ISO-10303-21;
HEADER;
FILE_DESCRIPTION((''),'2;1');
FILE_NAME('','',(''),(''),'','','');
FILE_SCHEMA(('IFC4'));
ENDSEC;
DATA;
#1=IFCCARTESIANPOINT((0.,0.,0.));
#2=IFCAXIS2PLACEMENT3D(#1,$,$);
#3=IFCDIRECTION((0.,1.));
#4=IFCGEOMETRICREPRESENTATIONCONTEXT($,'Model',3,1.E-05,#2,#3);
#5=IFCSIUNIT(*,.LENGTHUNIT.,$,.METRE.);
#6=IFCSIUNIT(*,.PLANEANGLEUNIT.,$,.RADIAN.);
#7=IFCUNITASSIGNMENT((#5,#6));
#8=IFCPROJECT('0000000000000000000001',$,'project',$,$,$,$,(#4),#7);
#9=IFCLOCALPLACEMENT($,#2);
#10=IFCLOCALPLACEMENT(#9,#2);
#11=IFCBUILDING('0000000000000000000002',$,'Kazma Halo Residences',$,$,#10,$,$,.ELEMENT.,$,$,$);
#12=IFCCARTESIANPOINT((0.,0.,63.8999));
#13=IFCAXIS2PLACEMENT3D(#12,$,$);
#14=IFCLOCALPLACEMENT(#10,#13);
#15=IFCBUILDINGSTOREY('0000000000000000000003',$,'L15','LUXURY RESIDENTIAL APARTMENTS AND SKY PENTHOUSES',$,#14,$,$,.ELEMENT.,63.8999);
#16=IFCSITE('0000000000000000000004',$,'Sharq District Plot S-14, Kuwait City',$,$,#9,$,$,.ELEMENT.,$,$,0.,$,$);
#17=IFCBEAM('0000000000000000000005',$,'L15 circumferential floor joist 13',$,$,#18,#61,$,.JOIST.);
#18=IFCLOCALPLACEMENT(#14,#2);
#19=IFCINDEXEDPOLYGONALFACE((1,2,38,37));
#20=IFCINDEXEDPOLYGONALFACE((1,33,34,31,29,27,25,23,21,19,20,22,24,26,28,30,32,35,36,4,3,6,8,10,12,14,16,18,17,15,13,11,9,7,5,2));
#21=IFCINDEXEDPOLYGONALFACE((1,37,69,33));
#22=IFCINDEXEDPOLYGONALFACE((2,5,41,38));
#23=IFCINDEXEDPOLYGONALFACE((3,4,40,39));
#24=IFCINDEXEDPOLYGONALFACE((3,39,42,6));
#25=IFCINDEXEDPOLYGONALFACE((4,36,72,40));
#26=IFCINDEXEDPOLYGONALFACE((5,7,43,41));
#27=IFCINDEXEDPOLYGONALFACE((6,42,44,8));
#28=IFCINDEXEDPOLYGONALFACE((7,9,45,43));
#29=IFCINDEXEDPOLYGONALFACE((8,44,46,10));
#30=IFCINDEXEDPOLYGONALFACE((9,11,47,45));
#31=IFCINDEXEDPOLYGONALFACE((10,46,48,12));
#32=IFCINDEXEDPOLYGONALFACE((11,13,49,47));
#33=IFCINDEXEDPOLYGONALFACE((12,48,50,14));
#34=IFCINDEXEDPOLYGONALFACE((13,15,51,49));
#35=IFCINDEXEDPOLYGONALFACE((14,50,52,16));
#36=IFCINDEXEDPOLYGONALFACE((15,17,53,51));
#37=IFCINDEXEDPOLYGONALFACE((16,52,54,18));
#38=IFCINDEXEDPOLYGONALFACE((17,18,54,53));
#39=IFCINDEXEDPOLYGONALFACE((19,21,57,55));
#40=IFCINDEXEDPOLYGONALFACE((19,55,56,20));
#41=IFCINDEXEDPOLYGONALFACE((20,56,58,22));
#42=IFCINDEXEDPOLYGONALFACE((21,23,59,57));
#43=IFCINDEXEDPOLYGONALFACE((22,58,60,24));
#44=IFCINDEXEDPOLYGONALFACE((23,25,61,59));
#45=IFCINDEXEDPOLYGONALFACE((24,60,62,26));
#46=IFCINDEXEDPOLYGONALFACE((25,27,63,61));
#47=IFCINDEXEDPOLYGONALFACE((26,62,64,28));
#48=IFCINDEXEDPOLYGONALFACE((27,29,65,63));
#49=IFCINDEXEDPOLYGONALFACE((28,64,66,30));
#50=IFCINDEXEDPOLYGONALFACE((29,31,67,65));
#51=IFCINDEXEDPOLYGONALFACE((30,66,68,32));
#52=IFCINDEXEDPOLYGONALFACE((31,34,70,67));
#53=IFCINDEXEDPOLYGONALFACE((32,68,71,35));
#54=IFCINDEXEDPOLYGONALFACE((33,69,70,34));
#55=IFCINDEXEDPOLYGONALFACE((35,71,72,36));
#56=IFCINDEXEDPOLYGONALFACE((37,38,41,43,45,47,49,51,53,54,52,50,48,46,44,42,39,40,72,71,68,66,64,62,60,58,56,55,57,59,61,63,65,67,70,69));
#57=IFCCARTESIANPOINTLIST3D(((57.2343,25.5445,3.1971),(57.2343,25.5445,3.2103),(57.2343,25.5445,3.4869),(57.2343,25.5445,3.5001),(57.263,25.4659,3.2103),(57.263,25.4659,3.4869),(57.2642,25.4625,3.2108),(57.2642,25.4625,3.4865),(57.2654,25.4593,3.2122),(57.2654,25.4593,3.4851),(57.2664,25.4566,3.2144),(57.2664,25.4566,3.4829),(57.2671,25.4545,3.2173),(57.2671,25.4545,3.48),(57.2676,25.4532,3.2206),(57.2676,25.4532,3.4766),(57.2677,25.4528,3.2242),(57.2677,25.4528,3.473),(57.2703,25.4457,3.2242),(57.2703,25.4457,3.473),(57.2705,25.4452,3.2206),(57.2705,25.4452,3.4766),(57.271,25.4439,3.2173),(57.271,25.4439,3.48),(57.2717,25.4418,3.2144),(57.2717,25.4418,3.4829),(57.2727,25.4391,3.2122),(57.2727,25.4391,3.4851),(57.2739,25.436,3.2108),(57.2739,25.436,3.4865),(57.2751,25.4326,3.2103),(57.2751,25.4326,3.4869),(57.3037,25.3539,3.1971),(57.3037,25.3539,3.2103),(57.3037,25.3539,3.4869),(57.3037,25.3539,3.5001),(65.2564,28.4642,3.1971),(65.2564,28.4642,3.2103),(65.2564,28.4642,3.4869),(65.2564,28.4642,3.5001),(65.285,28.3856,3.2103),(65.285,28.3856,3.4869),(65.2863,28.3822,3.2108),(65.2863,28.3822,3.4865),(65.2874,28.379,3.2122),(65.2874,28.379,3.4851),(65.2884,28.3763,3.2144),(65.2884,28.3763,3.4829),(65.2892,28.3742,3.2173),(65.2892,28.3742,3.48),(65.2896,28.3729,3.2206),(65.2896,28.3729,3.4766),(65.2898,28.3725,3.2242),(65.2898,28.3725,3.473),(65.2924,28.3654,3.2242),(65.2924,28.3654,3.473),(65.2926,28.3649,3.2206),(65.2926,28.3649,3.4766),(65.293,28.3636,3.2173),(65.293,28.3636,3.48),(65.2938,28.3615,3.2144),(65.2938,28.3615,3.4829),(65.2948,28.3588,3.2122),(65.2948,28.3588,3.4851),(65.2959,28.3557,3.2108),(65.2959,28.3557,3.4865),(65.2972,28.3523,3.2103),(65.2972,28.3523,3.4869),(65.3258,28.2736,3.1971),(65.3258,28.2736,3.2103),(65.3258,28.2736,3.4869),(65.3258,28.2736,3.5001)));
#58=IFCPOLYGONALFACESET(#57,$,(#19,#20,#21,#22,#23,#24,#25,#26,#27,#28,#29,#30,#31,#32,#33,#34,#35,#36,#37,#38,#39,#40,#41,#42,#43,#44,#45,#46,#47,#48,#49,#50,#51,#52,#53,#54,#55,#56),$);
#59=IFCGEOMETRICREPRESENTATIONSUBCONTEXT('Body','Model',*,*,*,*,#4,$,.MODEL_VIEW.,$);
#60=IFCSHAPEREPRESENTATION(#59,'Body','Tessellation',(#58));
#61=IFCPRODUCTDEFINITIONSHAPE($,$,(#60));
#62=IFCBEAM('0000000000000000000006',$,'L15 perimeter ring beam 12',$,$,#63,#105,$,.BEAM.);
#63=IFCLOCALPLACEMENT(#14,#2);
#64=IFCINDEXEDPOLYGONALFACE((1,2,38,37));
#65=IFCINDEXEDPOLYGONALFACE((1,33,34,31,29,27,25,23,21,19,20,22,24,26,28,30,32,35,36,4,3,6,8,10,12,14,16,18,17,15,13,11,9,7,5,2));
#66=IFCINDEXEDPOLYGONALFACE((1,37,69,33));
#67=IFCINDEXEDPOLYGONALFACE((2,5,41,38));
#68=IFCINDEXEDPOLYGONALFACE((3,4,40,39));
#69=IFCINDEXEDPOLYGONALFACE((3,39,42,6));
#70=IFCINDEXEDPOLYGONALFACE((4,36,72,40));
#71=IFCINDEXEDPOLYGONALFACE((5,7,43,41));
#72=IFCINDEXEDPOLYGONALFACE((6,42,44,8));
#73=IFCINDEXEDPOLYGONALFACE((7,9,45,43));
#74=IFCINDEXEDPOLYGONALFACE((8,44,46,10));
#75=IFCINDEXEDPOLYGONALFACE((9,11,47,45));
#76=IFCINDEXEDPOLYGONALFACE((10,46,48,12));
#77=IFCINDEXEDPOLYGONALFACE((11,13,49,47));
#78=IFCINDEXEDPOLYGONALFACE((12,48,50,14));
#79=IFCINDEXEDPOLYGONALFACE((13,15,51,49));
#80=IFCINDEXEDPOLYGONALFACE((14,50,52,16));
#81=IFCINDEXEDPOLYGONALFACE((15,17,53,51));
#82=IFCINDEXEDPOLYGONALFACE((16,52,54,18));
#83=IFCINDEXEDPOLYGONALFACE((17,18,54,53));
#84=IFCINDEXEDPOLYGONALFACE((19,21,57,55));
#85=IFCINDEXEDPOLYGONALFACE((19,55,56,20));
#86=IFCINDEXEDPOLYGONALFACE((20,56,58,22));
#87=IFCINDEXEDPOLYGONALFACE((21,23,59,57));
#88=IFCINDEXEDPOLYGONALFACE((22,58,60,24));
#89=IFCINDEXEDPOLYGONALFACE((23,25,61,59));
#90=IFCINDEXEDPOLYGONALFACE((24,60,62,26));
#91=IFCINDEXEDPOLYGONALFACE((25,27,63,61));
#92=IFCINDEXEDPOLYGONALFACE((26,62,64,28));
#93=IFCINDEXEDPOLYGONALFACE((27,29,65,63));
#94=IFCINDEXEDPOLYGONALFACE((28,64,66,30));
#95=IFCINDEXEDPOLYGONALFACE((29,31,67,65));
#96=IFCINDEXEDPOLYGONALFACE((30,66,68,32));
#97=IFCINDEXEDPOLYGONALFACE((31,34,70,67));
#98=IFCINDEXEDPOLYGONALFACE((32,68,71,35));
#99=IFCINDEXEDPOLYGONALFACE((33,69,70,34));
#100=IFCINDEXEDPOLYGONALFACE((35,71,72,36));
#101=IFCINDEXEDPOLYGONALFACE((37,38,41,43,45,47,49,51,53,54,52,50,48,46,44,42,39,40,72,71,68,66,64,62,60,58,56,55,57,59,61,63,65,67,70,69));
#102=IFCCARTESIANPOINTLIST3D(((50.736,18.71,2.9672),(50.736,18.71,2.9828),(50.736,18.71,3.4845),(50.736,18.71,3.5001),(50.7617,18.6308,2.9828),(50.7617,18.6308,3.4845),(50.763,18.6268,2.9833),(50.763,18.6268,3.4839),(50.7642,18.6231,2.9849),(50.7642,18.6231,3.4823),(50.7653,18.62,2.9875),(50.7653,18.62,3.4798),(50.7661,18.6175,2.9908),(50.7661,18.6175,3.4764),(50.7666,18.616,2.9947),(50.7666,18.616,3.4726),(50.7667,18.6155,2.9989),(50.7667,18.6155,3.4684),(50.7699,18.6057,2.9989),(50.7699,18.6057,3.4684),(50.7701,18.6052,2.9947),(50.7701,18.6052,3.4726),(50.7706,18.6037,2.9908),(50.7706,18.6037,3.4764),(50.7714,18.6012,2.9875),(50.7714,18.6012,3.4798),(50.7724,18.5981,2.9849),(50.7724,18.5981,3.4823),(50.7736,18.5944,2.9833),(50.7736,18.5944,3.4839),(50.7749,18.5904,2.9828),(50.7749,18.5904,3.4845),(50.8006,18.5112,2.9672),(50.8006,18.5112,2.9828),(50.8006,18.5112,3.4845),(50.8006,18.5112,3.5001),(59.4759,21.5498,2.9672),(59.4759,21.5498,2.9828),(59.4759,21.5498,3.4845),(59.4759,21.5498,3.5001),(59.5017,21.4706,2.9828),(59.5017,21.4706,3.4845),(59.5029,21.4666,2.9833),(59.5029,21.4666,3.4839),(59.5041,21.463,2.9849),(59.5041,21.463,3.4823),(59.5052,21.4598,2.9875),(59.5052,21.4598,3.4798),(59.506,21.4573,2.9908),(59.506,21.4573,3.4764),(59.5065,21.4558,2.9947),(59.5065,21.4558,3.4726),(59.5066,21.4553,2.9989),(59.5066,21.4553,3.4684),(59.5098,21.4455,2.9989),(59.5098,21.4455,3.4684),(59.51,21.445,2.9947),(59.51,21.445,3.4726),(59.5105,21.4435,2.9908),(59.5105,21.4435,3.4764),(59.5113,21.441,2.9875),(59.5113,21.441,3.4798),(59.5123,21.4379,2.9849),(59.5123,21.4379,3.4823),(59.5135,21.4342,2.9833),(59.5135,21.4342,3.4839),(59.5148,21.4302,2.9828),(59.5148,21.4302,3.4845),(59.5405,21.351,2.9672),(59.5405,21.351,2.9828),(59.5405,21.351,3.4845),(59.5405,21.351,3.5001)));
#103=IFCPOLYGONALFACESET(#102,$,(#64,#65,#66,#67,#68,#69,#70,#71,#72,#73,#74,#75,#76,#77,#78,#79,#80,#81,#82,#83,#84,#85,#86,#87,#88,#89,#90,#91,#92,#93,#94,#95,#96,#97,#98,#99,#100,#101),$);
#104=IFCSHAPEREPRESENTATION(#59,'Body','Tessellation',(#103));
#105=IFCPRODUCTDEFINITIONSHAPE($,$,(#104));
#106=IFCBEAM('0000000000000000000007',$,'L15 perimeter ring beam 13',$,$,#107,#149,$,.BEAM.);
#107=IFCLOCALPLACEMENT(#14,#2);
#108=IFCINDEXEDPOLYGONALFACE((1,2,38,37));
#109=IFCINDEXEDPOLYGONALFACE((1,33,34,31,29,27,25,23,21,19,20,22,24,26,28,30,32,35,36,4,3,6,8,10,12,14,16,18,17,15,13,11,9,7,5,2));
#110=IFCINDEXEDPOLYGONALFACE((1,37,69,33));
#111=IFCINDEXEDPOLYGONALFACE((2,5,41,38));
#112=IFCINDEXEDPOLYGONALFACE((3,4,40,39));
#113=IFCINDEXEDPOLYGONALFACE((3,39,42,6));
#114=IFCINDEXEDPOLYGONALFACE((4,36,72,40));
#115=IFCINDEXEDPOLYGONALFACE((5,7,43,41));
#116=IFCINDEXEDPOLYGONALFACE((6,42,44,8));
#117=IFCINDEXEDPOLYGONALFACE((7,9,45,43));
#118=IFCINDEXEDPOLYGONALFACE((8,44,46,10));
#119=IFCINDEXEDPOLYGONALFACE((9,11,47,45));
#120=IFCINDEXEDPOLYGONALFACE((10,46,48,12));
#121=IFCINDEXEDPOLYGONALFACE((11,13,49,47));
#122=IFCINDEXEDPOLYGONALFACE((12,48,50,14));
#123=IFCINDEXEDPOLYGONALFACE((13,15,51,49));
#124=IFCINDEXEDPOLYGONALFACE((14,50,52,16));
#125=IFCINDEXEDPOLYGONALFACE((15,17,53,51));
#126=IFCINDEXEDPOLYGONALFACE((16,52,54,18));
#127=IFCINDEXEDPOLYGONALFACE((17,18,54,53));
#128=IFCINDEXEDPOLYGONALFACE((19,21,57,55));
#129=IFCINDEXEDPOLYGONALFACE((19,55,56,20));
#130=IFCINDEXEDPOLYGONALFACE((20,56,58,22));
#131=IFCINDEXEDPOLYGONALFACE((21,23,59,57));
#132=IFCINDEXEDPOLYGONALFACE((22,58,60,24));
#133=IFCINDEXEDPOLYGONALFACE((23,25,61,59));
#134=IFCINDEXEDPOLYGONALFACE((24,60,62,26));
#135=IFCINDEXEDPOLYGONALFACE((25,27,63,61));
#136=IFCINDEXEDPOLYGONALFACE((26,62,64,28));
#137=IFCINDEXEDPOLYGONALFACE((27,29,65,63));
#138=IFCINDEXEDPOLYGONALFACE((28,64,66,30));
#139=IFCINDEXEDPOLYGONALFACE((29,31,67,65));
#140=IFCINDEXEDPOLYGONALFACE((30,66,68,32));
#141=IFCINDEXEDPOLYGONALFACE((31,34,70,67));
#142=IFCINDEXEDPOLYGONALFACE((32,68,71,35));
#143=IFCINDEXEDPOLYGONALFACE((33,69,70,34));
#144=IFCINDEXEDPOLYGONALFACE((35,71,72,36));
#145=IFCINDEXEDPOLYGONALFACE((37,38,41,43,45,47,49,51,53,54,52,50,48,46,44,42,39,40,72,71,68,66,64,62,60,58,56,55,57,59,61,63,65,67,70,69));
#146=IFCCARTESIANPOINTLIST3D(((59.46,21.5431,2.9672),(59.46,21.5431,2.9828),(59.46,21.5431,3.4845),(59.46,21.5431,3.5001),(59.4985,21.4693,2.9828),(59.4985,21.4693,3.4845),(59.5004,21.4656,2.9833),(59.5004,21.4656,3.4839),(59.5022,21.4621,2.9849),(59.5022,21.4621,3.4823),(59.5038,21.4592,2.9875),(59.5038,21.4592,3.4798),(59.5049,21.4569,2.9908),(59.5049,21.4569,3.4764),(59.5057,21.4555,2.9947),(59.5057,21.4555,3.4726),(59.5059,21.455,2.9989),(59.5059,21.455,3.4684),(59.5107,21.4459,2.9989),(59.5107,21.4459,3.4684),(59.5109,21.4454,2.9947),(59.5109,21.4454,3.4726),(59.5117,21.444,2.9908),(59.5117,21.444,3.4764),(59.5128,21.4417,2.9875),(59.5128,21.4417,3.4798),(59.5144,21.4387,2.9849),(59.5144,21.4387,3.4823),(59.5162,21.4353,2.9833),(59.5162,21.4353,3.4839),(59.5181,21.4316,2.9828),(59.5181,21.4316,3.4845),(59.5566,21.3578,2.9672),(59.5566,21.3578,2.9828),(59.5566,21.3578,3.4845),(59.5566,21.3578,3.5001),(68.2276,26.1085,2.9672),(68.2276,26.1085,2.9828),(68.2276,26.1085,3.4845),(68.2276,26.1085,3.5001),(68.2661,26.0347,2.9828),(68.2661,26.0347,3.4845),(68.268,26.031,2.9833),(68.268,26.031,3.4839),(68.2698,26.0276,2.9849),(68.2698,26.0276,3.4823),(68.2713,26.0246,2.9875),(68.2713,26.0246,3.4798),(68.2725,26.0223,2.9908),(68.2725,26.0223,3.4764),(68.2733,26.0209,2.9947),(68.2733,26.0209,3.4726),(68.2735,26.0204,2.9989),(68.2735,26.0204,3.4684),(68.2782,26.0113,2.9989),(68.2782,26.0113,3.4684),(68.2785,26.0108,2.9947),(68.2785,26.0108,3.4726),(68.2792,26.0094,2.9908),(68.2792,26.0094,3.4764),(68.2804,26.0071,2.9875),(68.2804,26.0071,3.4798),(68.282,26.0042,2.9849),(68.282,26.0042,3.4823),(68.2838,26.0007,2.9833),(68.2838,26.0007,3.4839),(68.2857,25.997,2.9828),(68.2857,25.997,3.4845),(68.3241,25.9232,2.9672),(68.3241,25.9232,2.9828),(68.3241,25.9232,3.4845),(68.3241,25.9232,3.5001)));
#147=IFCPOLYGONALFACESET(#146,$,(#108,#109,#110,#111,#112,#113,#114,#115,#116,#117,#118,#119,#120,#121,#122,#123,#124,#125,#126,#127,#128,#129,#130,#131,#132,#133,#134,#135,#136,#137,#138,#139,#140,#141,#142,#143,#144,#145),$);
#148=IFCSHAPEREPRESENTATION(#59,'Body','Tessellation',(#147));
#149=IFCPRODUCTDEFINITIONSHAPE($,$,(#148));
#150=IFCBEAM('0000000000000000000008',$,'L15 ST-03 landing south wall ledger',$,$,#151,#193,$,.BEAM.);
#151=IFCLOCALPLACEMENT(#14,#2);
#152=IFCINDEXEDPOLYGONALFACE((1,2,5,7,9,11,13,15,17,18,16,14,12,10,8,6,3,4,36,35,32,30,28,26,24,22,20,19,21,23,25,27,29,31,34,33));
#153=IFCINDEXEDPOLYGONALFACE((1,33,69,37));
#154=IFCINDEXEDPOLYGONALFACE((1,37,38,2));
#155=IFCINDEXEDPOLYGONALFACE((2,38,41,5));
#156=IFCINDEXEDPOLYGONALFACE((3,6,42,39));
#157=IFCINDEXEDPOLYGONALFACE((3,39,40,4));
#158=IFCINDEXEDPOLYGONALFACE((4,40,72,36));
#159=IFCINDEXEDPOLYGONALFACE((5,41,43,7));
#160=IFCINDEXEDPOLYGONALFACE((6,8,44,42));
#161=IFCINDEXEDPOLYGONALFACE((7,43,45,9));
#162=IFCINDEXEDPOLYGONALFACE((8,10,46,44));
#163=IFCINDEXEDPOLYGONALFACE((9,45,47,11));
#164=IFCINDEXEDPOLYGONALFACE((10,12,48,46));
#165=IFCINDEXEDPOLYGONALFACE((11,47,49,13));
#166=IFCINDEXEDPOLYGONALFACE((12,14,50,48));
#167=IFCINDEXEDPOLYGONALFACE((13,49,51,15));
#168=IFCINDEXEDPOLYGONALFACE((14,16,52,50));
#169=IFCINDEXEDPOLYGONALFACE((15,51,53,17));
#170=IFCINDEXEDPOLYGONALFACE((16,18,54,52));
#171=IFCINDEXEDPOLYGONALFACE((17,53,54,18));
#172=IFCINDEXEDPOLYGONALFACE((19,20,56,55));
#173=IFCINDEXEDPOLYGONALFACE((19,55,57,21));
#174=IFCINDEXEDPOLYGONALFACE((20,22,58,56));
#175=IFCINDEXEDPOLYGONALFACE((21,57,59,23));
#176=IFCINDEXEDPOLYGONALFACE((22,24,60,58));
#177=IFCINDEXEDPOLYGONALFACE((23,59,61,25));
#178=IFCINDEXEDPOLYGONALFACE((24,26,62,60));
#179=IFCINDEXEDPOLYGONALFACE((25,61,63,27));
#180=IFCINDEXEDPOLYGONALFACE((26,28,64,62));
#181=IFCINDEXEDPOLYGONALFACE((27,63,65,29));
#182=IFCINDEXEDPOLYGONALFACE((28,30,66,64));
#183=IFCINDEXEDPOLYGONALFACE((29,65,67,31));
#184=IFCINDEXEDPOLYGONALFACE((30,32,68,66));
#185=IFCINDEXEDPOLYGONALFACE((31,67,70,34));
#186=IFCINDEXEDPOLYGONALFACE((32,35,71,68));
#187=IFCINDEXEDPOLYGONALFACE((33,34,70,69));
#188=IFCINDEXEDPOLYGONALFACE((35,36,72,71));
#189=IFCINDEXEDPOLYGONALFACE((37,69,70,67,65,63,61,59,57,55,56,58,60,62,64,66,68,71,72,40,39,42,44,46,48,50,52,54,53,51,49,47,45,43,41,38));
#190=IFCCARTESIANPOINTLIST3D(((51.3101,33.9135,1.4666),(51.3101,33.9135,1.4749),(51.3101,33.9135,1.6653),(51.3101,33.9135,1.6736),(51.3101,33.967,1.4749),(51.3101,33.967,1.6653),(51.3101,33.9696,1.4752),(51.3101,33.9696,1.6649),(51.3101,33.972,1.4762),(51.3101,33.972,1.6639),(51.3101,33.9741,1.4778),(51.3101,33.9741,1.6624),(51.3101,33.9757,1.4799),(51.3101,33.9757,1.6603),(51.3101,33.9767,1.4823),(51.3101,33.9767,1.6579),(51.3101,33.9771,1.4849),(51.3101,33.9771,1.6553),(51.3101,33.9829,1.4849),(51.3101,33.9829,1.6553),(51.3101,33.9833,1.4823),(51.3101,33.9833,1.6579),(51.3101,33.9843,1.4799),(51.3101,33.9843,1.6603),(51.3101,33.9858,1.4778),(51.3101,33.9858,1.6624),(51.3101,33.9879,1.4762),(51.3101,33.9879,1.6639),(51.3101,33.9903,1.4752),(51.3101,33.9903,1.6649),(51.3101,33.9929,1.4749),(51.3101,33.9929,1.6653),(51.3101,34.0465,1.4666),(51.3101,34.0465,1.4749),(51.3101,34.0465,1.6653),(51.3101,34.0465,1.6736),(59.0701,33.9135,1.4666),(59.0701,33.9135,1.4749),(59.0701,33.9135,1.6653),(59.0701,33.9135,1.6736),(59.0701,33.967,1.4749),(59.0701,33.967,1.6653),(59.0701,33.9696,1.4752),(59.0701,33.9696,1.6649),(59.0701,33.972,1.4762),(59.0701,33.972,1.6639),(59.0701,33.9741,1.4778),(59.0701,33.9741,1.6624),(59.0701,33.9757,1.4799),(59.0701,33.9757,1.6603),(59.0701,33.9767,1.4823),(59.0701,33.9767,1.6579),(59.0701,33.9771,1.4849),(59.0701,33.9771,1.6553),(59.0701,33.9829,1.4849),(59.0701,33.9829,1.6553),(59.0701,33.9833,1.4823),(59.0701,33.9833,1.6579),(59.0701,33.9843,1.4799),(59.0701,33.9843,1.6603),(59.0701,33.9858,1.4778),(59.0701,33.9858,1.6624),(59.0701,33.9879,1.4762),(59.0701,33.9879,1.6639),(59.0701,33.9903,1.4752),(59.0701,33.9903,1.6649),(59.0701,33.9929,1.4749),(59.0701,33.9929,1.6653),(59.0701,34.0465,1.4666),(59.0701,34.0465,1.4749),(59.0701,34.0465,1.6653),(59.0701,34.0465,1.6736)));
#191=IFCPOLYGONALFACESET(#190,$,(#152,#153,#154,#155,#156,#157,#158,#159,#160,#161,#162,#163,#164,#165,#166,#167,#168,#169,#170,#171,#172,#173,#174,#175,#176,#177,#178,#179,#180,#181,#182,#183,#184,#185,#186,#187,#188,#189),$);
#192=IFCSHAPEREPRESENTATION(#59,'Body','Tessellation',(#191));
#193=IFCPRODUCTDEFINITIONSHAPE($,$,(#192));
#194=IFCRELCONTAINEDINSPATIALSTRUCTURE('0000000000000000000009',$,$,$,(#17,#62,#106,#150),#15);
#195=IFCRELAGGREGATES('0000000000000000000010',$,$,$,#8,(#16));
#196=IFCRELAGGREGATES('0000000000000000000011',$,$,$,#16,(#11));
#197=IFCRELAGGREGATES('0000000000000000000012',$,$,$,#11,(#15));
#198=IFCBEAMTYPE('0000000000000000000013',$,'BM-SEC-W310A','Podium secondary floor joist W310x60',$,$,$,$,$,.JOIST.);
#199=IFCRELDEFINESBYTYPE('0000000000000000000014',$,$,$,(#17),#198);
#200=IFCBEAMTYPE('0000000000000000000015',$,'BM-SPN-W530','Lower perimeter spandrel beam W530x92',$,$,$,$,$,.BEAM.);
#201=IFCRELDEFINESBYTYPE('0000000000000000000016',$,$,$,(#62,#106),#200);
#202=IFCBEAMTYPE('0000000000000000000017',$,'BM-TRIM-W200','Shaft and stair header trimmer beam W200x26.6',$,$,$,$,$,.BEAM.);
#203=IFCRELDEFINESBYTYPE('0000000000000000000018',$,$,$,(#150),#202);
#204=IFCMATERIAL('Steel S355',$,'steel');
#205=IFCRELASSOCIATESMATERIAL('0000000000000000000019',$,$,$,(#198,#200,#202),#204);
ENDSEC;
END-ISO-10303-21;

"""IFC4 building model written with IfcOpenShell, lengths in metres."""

from ifc_helpers import new_model, si_unit, direction, frame, origin, origin_2d, place, context, subcontext, project, spatial, i_section, extrude, material, material_profile, profile_set, type_object, element, save


model = new_model("IFC4")

# Units and contexts
model_context = context("Model", 3, precision=1e-05, world=origin(), true_north=direction((0.0, 1.0)))
body_context = subcontext(model_context, "Body", "Model", "MODEL_VIEW")
ifc_project = project(units=[si_unit("LENGTHUNIT", "METRE"), si_unit("PLANEANGLEUNIT", "RADIAN")], contexts=[model_context])

# Site, building, storey
site_placement = place(None, origin())
site = spatial("IfcSite", under=ifc_project, at=site_placement, Name="Sharq District Plot S-14, Kuwait City", CompositionType="ELEMENT", RefElevation=0.0)
building_placement = place(site_placement, origin())
building = spatial("IfcBuilding", under=site, at=building_placement, Name="Kazma Halo Residences", CompositionType="ELEMENT")
storey_placement = place(building_placement, frame((0.0, 0.0, 63.8999)))
storey = spatial("IfcBuildingStorey", under=building, at=storey_placement, Name="L15", Description="LUXURY RESIDENTIAL APARTMENTS AND SKY PENTHOUSES", CompositionType="ELEMENT", Elevation=63.8999)

# Beams
ifc_material_1 = material(Name="Steel S355", Category="steel")
ifc_material_profile_1 = material_profile(ifc_material_1, i_section(OverallWidth=0.2029, OverallDepth=0.303, WebThickness=0.0076, FlangeThickness=0.0132, FilletRadius=0.0139, at=origin_2d()), Name="W310x60")
ifc_profile_set_1 = profile_set([ifc_material_profile_1], Name="Steel S355")
beam_type_1 = type_object("IfcBeamType", Name="BM-SEC-W310A", Description="Podium secondary floor joist W310x60", PredefinedType="JOIST", material=ifc_profile_set_1)
beam_1_placement = place(storey_placement, frame((57.269, 25.4492, 3.3486), z_axis=(0.939696, 0.342012, 0.0), x_axis=(-0.342012, 0.939696, 0.0)))
element("IfcBeam", 1, at=beam_1_placement, inside=storey, type_object=beam_type_1, Name="L15 circumferential floor joist 13", PredefinedType="JOIST", context=body_context, shape_type="SweptSolid", body=[
    extrude(i_section(OverallWidth=0.2029, OverallDepth=0.303, WebThickness=0.0076, FlangeThickness=0.0132, FilletRadius=0.0139, at=origin_2d()), origin(), (0.0, 0.0, 1.0), 8.5369),
])
ifc_material_profile_2 = material_profile(ifc_material_1, i_section(OverallWidth=0.209, OverallDepth=0.533, WebThickness=0.0103, FlangeThickness=0.0156, FilletRadius=0.0161, at=origin_2d()), Name="W530x92")
ifc_profile_set_2 = profile_set([ifc_material_profile_2], Name="Steel S355")
beam_type_2 = type_object("IfcBeamType", Name="BM-SPN-W530", Description="Lower perimeter spandrel beam W530x92", PredefinedType="BEAM", material=ifc_profile_set_2)
beam_2_placement = place(storey_placement, frame((50.7683, 18.6106, 3.2336), z_axis=(0.951055, 0.309022, 0.0), x_axis=(-0.309022, 0.951055, 0.0)))
element("IfcBeam", 2, at=beam_2_placement, inside=storey, type_object=beam_type_2, Name="L15 perimeter ring beam 12", PredefinedType="BEAM", context=body_context, shape_type="SweptSolid", body=[
    extrude(i_section(OverallWidth=0.209, OverallDepth=0.533, WebThickness=0.0103, FlangeThickness=0.0156, FilletRadius=0.0161, at=origin_2d()), origin(), (0.0, 0.0, 1.0), 9.1897),
])
beam_3_placement = place(storey_placement, frame((59.5083, 21.4504, 3.2336), z_axis=(0.886956, 0.461853, 0.0), x_axis=(-0.461853, 0.886956, 0.0)))
element("IfcBeam", 3, at=beam_3_placement, inside=storey, type_object=beam_type_2, Name="L15 perimeter ring beam 13", PredefinedType="BEAM", context=body_context, shape_type="SweptSolid", body=[
    extrude(i_section(OverallWidth=0.209, OverallDepth=0.533, WebThickness=0.0103, FlangeThickness=0.0156, FilletRadius=0.0161, at=origin_2d()), origin(), (0.0, 0.0, 1.0), 9.885),
])
ifc_material_profile_3 = material_profile(ifc_material_1, i_section(OverallWidth=0.1331, OverallDepth=0.207, WebThickness=0.0059, FlangeThickness=0.0083, FilletRadius=0.01, at=origin_2d()), Name="W200x26.6")
ifc_profile_set_3 = profile_set([ifc_material_profile_3], Name="Steel S355")
beam_type_3 = type_object("IfcBeamType", Name="BM-TRIM-W200", Description="Shaft and stair header trimmer beam W200x26.6", PredefinedType="BEAM", material=ifc_profile_set_3)
beam_4_placement = place(storey_placement, frame((51.3101, 33.98, 1.5701), z_axis=(1.0, 0.0, 0.0), x_axis=(0.0, 1.0, 0.0)))
element("IfcBeam", 4, at=beam_4_placement, inside=storey, type_object=beam_type_3, Name="L15 ST-03 landing south wall ledger", PredefinedType="BEAM", context=body_context, shape_type="SweptSolid", body=[
    extrude(i_section(OverallWidth=0.1331, OverallDepth=0.207, WebThickness=0.0059, FlangeThickness=0.0083, FilletRadius=0.01, at=origin_2d()), origin(), (0.0, 0.0, 1.0), 7.76),
])

save(model, "model.ifc")
